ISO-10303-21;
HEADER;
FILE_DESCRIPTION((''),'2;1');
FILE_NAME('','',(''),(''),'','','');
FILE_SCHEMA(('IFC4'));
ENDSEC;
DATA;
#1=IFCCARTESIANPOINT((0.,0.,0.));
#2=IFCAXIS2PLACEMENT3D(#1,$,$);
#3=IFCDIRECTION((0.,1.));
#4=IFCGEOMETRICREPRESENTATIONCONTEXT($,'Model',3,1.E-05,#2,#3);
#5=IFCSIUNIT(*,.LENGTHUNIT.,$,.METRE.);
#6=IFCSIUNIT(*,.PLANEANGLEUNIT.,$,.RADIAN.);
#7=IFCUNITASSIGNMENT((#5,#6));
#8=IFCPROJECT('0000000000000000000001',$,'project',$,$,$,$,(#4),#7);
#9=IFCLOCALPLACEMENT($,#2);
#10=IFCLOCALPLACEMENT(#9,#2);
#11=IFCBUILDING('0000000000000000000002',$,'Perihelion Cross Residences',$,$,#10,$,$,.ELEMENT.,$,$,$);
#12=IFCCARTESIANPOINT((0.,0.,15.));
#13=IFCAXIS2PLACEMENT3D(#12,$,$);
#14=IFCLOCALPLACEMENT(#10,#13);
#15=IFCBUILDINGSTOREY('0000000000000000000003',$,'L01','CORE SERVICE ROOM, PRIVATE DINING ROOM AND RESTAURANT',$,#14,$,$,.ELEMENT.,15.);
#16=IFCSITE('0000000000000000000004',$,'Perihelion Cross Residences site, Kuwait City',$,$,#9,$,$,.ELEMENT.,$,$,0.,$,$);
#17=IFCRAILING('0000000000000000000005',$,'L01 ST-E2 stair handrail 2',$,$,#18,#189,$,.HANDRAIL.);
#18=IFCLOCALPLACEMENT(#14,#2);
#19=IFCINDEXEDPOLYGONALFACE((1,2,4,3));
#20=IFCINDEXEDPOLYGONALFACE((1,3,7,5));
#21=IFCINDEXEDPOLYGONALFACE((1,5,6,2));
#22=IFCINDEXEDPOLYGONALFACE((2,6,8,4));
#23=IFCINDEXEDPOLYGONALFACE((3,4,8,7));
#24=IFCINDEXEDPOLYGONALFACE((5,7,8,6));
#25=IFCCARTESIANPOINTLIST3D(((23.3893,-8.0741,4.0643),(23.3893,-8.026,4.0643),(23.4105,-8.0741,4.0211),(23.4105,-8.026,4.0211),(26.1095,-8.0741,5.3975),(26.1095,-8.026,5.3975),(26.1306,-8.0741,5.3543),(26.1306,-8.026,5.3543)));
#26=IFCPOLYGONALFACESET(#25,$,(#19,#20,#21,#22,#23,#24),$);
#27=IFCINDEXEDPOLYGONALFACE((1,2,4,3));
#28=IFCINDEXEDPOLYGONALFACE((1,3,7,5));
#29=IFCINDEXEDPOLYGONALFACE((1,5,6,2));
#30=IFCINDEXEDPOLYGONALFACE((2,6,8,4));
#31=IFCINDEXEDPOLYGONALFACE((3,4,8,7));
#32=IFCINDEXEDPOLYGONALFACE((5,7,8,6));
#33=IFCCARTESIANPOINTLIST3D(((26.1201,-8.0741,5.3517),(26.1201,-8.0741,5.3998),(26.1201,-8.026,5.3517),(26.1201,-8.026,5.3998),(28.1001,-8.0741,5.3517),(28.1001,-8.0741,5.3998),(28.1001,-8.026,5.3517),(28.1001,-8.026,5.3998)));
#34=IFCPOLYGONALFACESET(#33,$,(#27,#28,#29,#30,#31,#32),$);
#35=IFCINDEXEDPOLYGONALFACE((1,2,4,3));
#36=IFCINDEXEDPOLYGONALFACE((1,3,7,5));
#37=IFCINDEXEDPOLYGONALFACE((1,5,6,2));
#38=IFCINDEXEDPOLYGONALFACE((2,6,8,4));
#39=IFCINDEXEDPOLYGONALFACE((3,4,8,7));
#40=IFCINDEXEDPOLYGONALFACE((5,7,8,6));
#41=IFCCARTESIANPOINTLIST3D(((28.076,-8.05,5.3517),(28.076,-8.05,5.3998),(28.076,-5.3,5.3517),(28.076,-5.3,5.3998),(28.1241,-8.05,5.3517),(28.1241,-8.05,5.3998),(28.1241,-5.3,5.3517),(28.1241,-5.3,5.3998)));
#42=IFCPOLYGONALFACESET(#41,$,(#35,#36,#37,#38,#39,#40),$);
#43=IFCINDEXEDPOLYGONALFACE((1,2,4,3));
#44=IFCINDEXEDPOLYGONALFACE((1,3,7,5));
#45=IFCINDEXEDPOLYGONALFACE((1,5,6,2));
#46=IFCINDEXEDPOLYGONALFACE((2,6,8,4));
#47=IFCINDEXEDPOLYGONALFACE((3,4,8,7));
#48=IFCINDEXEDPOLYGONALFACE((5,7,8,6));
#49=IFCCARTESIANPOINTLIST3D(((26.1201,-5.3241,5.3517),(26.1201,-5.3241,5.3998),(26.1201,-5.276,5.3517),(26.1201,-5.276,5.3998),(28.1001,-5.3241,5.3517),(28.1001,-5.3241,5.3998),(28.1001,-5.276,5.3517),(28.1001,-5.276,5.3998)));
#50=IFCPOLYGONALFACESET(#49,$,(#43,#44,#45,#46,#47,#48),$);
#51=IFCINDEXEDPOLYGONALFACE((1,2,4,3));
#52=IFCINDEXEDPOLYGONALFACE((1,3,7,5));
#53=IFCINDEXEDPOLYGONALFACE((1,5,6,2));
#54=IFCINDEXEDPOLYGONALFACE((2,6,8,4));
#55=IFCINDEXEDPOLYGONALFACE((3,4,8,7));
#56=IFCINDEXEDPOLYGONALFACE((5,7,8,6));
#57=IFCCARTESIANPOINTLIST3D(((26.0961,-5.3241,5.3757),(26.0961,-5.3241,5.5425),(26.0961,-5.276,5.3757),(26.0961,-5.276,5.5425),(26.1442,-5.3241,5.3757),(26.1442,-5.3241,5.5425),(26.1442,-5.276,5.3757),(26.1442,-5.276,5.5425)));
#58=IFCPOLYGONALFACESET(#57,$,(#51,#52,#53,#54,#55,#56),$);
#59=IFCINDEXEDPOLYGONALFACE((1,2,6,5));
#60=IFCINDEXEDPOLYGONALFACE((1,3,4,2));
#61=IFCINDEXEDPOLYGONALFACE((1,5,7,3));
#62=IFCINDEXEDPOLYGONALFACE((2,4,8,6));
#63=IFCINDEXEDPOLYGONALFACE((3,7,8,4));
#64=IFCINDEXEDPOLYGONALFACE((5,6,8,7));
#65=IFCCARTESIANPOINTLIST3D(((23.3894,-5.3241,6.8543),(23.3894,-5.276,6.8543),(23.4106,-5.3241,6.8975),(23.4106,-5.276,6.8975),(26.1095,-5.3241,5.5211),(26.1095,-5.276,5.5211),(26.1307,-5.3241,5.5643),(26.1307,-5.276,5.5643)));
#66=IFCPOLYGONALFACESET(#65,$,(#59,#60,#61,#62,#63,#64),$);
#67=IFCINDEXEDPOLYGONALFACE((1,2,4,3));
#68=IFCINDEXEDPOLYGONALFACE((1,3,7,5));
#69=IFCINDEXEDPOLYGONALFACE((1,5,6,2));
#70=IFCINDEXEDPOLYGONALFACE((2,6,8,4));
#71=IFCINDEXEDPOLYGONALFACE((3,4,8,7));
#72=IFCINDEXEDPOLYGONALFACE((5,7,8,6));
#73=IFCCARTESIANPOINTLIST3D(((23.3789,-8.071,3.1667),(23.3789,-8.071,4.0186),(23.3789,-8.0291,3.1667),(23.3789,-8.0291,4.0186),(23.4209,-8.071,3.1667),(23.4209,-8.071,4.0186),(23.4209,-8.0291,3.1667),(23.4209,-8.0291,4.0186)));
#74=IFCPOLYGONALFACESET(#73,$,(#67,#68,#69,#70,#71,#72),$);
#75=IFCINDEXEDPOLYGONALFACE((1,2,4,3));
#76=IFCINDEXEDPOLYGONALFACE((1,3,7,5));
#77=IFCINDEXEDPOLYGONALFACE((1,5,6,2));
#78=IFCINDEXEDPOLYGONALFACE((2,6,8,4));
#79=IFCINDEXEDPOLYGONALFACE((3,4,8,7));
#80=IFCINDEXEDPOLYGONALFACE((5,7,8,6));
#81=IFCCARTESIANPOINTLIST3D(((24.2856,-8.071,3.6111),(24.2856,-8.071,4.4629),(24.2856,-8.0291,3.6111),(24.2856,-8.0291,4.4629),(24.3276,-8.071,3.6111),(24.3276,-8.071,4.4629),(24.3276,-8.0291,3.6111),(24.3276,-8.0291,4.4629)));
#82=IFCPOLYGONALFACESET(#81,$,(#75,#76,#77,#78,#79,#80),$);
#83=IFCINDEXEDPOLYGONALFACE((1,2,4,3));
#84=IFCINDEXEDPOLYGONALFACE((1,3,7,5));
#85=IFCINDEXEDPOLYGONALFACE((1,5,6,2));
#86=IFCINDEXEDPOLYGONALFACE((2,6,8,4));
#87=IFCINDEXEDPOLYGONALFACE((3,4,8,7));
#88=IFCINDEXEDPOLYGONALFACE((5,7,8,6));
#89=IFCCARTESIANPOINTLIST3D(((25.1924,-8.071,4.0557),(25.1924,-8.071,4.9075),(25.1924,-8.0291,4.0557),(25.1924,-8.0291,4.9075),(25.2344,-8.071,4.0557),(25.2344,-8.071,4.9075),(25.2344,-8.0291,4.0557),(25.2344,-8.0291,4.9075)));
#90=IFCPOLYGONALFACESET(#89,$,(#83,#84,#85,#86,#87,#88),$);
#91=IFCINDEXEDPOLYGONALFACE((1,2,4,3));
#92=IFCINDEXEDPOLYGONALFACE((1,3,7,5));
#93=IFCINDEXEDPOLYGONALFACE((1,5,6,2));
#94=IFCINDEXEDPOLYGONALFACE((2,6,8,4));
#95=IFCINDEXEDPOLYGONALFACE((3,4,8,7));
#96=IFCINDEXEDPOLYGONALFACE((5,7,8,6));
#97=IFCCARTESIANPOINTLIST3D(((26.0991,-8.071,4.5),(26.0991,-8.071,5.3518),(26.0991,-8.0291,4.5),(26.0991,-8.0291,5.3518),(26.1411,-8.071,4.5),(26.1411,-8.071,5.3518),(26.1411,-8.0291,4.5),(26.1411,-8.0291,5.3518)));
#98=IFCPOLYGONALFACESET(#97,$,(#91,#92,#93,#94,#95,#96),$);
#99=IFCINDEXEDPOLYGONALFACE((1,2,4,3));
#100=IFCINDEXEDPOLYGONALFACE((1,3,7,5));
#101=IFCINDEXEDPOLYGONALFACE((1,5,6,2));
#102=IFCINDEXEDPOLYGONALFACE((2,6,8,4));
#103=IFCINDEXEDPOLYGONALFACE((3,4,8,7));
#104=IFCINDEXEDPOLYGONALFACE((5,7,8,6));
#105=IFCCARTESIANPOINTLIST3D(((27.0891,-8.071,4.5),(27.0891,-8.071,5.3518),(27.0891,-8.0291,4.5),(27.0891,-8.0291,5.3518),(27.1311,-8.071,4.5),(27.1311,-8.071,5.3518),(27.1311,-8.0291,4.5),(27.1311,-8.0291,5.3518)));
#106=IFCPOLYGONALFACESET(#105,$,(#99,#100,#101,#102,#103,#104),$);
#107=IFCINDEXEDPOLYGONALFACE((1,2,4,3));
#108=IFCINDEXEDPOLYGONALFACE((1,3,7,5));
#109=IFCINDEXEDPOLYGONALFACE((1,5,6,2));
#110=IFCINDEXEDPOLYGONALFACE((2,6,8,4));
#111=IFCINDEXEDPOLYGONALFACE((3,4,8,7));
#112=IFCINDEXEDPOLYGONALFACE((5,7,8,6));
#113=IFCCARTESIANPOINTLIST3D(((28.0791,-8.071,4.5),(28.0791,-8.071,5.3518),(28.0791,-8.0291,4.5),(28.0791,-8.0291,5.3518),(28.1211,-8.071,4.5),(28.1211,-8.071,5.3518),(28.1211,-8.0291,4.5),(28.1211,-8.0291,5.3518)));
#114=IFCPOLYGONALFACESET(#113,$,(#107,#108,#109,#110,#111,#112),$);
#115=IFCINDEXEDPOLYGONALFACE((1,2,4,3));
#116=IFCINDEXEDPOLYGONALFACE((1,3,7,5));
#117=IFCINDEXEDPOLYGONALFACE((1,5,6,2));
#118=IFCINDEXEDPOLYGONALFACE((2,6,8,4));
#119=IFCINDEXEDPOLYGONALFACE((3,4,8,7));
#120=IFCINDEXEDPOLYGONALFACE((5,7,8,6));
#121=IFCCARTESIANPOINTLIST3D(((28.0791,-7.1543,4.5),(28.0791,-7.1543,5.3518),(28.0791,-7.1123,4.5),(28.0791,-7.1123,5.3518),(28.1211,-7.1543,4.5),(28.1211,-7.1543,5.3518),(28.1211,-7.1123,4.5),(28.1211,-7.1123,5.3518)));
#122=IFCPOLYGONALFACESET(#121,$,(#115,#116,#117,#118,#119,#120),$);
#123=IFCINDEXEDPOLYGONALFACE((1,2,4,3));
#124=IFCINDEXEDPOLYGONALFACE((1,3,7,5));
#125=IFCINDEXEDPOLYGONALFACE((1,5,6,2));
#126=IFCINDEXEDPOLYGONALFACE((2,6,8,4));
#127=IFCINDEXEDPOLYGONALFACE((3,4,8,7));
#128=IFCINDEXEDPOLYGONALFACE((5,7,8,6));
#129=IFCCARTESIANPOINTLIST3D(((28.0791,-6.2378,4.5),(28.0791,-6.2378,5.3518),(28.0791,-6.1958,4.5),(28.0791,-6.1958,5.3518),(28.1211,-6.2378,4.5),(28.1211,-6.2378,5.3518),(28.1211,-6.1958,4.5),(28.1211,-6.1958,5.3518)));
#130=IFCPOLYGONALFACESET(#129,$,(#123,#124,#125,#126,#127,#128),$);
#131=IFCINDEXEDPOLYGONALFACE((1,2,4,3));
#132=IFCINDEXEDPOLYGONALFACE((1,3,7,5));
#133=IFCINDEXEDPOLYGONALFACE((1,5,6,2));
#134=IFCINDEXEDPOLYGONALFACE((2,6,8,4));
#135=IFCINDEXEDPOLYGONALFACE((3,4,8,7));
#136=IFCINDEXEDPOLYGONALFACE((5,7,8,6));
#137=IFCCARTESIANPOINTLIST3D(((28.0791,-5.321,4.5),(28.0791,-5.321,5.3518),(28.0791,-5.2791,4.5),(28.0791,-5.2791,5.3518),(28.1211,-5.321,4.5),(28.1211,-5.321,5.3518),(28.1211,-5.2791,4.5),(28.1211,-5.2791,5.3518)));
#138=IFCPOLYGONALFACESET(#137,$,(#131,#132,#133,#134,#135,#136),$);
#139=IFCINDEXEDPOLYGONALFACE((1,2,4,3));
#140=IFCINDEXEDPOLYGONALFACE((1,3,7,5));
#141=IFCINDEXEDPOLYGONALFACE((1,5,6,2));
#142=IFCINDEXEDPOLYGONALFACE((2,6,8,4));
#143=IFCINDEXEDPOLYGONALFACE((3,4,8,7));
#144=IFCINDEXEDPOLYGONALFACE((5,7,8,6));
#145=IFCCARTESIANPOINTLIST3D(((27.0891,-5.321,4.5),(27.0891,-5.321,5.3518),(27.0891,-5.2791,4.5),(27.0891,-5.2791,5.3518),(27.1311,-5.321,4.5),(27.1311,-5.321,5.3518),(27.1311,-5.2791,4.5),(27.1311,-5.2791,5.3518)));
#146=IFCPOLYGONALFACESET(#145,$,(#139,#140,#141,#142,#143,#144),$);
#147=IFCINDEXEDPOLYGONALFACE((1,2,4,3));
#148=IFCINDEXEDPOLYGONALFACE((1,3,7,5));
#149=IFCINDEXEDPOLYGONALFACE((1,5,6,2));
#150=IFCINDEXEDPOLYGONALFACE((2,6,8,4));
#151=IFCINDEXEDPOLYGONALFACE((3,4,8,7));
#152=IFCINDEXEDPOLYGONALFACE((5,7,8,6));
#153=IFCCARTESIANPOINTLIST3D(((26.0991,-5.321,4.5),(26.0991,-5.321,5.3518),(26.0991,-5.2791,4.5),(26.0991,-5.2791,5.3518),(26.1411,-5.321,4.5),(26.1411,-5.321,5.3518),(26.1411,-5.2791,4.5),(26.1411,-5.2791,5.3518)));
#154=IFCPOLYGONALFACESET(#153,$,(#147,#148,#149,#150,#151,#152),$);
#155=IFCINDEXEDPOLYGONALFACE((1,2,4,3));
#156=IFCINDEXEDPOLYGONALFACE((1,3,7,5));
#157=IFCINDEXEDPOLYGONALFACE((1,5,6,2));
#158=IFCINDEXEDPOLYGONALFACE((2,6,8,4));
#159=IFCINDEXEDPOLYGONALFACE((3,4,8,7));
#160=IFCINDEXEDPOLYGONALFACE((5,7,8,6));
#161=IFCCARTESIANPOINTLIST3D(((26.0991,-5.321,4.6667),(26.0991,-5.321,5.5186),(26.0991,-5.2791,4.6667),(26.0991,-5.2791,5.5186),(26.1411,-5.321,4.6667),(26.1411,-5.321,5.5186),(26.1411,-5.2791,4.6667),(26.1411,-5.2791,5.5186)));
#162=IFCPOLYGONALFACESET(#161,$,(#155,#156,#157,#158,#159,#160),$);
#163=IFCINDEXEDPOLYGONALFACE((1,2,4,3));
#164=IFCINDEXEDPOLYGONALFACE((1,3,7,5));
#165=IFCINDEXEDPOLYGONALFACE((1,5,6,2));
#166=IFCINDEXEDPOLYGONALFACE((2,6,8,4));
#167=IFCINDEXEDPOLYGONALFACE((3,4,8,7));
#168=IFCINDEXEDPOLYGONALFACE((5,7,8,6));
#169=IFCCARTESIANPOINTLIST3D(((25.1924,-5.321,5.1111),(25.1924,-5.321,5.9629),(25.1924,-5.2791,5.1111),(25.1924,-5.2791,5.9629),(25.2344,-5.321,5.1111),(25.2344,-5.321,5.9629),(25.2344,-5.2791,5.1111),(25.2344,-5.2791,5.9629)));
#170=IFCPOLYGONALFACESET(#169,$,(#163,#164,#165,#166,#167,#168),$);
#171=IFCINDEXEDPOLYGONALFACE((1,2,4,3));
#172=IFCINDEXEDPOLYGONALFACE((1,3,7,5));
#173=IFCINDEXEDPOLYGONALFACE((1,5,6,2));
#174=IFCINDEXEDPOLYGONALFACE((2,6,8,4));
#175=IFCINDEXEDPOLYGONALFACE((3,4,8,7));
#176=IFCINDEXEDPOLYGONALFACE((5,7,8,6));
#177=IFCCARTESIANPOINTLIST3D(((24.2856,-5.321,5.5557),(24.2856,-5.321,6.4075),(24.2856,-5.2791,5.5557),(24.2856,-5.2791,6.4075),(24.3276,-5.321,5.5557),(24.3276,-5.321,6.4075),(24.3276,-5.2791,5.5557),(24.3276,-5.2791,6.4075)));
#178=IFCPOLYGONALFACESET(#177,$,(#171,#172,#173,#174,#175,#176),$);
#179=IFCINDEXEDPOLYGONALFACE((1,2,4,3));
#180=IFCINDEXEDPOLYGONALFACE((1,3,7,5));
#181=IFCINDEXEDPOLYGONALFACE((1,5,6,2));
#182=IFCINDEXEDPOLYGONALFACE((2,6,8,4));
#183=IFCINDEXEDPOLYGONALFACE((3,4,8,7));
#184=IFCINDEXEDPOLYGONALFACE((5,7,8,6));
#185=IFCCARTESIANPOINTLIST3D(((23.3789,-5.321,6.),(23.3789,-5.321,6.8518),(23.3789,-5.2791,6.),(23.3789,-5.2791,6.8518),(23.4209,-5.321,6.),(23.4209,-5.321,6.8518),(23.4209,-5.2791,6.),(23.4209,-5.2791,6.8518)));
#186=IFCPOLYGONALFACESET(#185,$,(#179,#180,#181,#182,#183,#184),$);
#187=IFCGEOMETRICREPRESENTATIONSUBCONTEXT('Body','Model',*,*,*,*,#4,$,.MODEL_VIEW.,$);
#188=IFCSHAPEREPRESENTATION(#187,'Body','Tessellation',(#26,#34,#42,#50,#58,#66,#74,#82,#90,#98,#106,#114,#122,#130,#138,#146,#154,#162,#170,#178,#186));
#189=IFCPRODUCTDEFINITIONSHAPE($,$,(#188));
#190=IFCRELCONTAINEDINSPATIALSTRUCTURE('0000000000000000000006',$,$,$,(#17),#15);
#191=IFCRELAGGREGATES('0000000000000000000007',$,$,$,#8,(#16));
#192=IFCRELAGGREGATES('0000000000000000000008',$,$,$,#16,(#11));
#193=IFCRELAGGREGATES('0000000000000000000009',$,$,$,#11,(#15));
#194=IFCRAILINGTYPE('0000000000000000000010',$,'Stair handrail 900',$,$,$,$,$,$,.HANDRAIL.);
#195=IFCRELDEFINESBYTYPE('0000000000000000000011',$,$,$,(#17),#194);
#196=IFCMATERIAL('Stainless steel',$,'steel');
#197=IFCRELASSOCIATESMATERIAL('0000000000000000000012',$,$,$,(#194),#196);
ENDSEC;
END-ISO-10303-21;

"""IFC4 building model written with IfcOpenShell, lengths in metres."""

from ifc_helpers import new_model, si_unit, direction, frame, origin, origin_2d, place, context, subcontext, project, spatial, rectangle, extrude, material, type_object, element, save


model = new_model("IFC4")

# Units and contexts
model_context = context("Model", 3, precision=1e-05, world=origin(), true_north=direction((0.0, 1.0)))
body_context = subcontext(model_context, "Body", "Model", "MODEL_VIEW")
ifc_project = project(units=[si_unit("LENGTHUNIT", "METRE"), si_unit("PLANEANGLEUNIT", "RADIAN")], contexts=[model_context])

# Site, building, storey
site_placement = place(None, origin())
site = spatial("IfcSite", under=ifc_project, at=site_placement, Name="Perihelion Cross Residences site, Kuwait City", CompositionType="ELEMENT", RefElevation=0.0)
building_placement = place(site_placement, origin())
building = spatial("IfcBuilding", under=site, at=building_placement, Name="Perihelion Cross Residences", CompositionType="ELEMENT")
storey_placement = place(building_placement, frame((0.0, 0.0, 15.0)))
storey = spatial("IfcBuildingStorey", under=building, at=storey_placement, Name="L01", Description="CORE SERVICE ROOM, PRIVATE DINING ROOM AND RESTAURANT", CompositionType="ELEMENT", Elevation=15.0)

# Railing
ifc_material_1 = material(Name="Stainless steel", Category="steel")
railing_type_1 = type_object("IfcRailingType", Name="Stair handrail 900", PredefinedType="HANDRAIL", material=ifc_material_1)
railing_1_placement = place(storey_placement, frame((23.3999, -8.05, 3.1667)))
element("IfcRailing", 1, at=railing_1_placement, inside=storey, type_object=railing_type_1, Name="L01 ST-E2 stair handrail 2", PredefinedType="HANDRAIL", context=body_context, shape_type="SweptSolid", body=[
    extrude(rectangle(XDim=0.0481, YDim=0.0481, at=origin_2d()), frame((0.0, 0.0, 0.876), z_axis=(0.897945, 0.0, 0.440108), x_axis=(0.0, 1.0, 0.0)), (0.0, 0.0, 1.0), 3.0293),
    extrude(rectangle(XDim=0.0481, YDim=0.0481, at=origin_2d()), frame((2.7202, 0.0, 2.209), z_axis=(1.0, 0.0, 0.0), x_axis=(0.0, 1.0, 0.0)), (0.0, 0.0, 1.0), 1.98),
    extrude(rectangle(XDim=0.0481, YDim=0.0481, at=origin_2d()), frame((4.7002, 0.0, 2.209), z_axis=(0.0, 1.0, 0.0), x_axis=(-1.0, 0.0, 0.0)), (0.0, 0.0, 1.0), 2.75),
    extrude(rectangle(XDim=0.0481, YDim=0.0481, at=origin_2d()), frame((4.7002, 2.75, 2.209), z_axis=(-1.0, 0.0, 0.0), x_axis=(0.0, -1.0, 0.0)), (0.0, 0.0, 1.0), 1.98),
    extrude(rectangle(XDim=0.0481, YDim=0.0481, at=origin_2d()), frame((2.7202, 2.75, 2.209), z_axis=(0.0, 0.0, 1.0), x_axis=(1.0, 0.0, 0.0)), (0.0, 0.0, 1.0), 0.1667),
    extrude(rectangle(XDim=0.0481, YDim=0.0481, at=origin_2d()), frame((2.7202, 2.75, 2.376), z_axis=(-0.897945, 0.0, 0.440108), x_axis=(0.0, -1.0, 0.0)), (0.0, 0.0, 1.0), 3.0293),
    extrude(rectangle(XDim=0.042, YDim=0.042, at=origin_2d()), origin(), (0.0, 0.0, 1.0), 0.8518),
    extrude(rectangle(XDim=0.042, YDim=0.042, at=origin_2d()), frame((0.9067, 0.0, 0.4443)), (0.0, 0.0, 1.0), 0.8518),
    extrude(rectangle(XDim=0.042, YDim=0.042, at=origin_2d()), frame((1.8135, 0.0, 0.8889)), (0.0, 0.0, 1.0), 0.8518),
    extrude(rectangle(XDim=0.042, YDim=0.042, at=origin_2d()), frame((2.7202, 0.0, 1.3333)), (0.0, 0.0, 1.0), 0.8518),
    extrude(rectangle(XDim=0.042, YDim=0.042, at=origin_2d()), frame((3.7102, 0.0, 1.3333)), (0.0, 0.0, 1.0), 0.8518),
    extrude(rectangle(XDim=0.042, YDim=0.042, at=origin_2d()), frame((4.7002, 0.0, 1.3333)), (0.0, 0.0, 1.0), 0.8518),
    extrude(rectangle(XDim=0.042, YDim=0.042, at=origin_2d()), frame((4.7002, 0.9167, 1.3333)), (0.0, 0.0, 1.0), 0.8518),
    extrude(rectangle(XDim=0.042, YDim=0.042, at=origin_2d()), frame((4.7002, 1.8333, 1.3333)), (0.0, 0.0, 1.0), 0.8518),
    extrude(rectangle(XDim=0.042, YDim=0.042, at=origin_2d()), frame((4.7002, 2.75, 1.3333)), (0.0, 0.0, 1.0), 0.8518),
    extrude(rectangle(XDim=0.042, YDim=0.042, at=origin_2d()), frame((3.7102, 2.75, 1.3333)), (0.0, 0.0, 1.0), 0.8518),
    extrude(rectangle(XDim=0.042, YDim=0.042, at=origin_2d()), frame((2.7202, 2.75, 1.3333)), (0.0, 0.0, 1.0), 0.8518),
    extrude(rectangle(XDim=0.042, YDim=0.042, at=origin_2d()), frame((2.7202, 2.75, 1.5)), (0.0, 0.0, 1.0), 0.8518),
    extrude(rectangle(XDim=0.042, YDim=0.042, at=origin_2d()), frame((1.8135, 2.75, 1.9443)), (0.0, 0.0, 1.0), 0.8518),
    extrude(rectangle(XDim=0.042, YDim=0.042, at=origin_2d()), frame((0.9067, 2.75, 2.3889)), (0.0, 0.0, 1.0), 0.8518),
    extrude(rectangle(XDim=0.042, YDim=0.042, at=origin_2d()), frame((0.0, 2.75, 2.8333)), (0.0, 0.0, 1.0), 0.8518),
])

save(model, "model.ifc")
